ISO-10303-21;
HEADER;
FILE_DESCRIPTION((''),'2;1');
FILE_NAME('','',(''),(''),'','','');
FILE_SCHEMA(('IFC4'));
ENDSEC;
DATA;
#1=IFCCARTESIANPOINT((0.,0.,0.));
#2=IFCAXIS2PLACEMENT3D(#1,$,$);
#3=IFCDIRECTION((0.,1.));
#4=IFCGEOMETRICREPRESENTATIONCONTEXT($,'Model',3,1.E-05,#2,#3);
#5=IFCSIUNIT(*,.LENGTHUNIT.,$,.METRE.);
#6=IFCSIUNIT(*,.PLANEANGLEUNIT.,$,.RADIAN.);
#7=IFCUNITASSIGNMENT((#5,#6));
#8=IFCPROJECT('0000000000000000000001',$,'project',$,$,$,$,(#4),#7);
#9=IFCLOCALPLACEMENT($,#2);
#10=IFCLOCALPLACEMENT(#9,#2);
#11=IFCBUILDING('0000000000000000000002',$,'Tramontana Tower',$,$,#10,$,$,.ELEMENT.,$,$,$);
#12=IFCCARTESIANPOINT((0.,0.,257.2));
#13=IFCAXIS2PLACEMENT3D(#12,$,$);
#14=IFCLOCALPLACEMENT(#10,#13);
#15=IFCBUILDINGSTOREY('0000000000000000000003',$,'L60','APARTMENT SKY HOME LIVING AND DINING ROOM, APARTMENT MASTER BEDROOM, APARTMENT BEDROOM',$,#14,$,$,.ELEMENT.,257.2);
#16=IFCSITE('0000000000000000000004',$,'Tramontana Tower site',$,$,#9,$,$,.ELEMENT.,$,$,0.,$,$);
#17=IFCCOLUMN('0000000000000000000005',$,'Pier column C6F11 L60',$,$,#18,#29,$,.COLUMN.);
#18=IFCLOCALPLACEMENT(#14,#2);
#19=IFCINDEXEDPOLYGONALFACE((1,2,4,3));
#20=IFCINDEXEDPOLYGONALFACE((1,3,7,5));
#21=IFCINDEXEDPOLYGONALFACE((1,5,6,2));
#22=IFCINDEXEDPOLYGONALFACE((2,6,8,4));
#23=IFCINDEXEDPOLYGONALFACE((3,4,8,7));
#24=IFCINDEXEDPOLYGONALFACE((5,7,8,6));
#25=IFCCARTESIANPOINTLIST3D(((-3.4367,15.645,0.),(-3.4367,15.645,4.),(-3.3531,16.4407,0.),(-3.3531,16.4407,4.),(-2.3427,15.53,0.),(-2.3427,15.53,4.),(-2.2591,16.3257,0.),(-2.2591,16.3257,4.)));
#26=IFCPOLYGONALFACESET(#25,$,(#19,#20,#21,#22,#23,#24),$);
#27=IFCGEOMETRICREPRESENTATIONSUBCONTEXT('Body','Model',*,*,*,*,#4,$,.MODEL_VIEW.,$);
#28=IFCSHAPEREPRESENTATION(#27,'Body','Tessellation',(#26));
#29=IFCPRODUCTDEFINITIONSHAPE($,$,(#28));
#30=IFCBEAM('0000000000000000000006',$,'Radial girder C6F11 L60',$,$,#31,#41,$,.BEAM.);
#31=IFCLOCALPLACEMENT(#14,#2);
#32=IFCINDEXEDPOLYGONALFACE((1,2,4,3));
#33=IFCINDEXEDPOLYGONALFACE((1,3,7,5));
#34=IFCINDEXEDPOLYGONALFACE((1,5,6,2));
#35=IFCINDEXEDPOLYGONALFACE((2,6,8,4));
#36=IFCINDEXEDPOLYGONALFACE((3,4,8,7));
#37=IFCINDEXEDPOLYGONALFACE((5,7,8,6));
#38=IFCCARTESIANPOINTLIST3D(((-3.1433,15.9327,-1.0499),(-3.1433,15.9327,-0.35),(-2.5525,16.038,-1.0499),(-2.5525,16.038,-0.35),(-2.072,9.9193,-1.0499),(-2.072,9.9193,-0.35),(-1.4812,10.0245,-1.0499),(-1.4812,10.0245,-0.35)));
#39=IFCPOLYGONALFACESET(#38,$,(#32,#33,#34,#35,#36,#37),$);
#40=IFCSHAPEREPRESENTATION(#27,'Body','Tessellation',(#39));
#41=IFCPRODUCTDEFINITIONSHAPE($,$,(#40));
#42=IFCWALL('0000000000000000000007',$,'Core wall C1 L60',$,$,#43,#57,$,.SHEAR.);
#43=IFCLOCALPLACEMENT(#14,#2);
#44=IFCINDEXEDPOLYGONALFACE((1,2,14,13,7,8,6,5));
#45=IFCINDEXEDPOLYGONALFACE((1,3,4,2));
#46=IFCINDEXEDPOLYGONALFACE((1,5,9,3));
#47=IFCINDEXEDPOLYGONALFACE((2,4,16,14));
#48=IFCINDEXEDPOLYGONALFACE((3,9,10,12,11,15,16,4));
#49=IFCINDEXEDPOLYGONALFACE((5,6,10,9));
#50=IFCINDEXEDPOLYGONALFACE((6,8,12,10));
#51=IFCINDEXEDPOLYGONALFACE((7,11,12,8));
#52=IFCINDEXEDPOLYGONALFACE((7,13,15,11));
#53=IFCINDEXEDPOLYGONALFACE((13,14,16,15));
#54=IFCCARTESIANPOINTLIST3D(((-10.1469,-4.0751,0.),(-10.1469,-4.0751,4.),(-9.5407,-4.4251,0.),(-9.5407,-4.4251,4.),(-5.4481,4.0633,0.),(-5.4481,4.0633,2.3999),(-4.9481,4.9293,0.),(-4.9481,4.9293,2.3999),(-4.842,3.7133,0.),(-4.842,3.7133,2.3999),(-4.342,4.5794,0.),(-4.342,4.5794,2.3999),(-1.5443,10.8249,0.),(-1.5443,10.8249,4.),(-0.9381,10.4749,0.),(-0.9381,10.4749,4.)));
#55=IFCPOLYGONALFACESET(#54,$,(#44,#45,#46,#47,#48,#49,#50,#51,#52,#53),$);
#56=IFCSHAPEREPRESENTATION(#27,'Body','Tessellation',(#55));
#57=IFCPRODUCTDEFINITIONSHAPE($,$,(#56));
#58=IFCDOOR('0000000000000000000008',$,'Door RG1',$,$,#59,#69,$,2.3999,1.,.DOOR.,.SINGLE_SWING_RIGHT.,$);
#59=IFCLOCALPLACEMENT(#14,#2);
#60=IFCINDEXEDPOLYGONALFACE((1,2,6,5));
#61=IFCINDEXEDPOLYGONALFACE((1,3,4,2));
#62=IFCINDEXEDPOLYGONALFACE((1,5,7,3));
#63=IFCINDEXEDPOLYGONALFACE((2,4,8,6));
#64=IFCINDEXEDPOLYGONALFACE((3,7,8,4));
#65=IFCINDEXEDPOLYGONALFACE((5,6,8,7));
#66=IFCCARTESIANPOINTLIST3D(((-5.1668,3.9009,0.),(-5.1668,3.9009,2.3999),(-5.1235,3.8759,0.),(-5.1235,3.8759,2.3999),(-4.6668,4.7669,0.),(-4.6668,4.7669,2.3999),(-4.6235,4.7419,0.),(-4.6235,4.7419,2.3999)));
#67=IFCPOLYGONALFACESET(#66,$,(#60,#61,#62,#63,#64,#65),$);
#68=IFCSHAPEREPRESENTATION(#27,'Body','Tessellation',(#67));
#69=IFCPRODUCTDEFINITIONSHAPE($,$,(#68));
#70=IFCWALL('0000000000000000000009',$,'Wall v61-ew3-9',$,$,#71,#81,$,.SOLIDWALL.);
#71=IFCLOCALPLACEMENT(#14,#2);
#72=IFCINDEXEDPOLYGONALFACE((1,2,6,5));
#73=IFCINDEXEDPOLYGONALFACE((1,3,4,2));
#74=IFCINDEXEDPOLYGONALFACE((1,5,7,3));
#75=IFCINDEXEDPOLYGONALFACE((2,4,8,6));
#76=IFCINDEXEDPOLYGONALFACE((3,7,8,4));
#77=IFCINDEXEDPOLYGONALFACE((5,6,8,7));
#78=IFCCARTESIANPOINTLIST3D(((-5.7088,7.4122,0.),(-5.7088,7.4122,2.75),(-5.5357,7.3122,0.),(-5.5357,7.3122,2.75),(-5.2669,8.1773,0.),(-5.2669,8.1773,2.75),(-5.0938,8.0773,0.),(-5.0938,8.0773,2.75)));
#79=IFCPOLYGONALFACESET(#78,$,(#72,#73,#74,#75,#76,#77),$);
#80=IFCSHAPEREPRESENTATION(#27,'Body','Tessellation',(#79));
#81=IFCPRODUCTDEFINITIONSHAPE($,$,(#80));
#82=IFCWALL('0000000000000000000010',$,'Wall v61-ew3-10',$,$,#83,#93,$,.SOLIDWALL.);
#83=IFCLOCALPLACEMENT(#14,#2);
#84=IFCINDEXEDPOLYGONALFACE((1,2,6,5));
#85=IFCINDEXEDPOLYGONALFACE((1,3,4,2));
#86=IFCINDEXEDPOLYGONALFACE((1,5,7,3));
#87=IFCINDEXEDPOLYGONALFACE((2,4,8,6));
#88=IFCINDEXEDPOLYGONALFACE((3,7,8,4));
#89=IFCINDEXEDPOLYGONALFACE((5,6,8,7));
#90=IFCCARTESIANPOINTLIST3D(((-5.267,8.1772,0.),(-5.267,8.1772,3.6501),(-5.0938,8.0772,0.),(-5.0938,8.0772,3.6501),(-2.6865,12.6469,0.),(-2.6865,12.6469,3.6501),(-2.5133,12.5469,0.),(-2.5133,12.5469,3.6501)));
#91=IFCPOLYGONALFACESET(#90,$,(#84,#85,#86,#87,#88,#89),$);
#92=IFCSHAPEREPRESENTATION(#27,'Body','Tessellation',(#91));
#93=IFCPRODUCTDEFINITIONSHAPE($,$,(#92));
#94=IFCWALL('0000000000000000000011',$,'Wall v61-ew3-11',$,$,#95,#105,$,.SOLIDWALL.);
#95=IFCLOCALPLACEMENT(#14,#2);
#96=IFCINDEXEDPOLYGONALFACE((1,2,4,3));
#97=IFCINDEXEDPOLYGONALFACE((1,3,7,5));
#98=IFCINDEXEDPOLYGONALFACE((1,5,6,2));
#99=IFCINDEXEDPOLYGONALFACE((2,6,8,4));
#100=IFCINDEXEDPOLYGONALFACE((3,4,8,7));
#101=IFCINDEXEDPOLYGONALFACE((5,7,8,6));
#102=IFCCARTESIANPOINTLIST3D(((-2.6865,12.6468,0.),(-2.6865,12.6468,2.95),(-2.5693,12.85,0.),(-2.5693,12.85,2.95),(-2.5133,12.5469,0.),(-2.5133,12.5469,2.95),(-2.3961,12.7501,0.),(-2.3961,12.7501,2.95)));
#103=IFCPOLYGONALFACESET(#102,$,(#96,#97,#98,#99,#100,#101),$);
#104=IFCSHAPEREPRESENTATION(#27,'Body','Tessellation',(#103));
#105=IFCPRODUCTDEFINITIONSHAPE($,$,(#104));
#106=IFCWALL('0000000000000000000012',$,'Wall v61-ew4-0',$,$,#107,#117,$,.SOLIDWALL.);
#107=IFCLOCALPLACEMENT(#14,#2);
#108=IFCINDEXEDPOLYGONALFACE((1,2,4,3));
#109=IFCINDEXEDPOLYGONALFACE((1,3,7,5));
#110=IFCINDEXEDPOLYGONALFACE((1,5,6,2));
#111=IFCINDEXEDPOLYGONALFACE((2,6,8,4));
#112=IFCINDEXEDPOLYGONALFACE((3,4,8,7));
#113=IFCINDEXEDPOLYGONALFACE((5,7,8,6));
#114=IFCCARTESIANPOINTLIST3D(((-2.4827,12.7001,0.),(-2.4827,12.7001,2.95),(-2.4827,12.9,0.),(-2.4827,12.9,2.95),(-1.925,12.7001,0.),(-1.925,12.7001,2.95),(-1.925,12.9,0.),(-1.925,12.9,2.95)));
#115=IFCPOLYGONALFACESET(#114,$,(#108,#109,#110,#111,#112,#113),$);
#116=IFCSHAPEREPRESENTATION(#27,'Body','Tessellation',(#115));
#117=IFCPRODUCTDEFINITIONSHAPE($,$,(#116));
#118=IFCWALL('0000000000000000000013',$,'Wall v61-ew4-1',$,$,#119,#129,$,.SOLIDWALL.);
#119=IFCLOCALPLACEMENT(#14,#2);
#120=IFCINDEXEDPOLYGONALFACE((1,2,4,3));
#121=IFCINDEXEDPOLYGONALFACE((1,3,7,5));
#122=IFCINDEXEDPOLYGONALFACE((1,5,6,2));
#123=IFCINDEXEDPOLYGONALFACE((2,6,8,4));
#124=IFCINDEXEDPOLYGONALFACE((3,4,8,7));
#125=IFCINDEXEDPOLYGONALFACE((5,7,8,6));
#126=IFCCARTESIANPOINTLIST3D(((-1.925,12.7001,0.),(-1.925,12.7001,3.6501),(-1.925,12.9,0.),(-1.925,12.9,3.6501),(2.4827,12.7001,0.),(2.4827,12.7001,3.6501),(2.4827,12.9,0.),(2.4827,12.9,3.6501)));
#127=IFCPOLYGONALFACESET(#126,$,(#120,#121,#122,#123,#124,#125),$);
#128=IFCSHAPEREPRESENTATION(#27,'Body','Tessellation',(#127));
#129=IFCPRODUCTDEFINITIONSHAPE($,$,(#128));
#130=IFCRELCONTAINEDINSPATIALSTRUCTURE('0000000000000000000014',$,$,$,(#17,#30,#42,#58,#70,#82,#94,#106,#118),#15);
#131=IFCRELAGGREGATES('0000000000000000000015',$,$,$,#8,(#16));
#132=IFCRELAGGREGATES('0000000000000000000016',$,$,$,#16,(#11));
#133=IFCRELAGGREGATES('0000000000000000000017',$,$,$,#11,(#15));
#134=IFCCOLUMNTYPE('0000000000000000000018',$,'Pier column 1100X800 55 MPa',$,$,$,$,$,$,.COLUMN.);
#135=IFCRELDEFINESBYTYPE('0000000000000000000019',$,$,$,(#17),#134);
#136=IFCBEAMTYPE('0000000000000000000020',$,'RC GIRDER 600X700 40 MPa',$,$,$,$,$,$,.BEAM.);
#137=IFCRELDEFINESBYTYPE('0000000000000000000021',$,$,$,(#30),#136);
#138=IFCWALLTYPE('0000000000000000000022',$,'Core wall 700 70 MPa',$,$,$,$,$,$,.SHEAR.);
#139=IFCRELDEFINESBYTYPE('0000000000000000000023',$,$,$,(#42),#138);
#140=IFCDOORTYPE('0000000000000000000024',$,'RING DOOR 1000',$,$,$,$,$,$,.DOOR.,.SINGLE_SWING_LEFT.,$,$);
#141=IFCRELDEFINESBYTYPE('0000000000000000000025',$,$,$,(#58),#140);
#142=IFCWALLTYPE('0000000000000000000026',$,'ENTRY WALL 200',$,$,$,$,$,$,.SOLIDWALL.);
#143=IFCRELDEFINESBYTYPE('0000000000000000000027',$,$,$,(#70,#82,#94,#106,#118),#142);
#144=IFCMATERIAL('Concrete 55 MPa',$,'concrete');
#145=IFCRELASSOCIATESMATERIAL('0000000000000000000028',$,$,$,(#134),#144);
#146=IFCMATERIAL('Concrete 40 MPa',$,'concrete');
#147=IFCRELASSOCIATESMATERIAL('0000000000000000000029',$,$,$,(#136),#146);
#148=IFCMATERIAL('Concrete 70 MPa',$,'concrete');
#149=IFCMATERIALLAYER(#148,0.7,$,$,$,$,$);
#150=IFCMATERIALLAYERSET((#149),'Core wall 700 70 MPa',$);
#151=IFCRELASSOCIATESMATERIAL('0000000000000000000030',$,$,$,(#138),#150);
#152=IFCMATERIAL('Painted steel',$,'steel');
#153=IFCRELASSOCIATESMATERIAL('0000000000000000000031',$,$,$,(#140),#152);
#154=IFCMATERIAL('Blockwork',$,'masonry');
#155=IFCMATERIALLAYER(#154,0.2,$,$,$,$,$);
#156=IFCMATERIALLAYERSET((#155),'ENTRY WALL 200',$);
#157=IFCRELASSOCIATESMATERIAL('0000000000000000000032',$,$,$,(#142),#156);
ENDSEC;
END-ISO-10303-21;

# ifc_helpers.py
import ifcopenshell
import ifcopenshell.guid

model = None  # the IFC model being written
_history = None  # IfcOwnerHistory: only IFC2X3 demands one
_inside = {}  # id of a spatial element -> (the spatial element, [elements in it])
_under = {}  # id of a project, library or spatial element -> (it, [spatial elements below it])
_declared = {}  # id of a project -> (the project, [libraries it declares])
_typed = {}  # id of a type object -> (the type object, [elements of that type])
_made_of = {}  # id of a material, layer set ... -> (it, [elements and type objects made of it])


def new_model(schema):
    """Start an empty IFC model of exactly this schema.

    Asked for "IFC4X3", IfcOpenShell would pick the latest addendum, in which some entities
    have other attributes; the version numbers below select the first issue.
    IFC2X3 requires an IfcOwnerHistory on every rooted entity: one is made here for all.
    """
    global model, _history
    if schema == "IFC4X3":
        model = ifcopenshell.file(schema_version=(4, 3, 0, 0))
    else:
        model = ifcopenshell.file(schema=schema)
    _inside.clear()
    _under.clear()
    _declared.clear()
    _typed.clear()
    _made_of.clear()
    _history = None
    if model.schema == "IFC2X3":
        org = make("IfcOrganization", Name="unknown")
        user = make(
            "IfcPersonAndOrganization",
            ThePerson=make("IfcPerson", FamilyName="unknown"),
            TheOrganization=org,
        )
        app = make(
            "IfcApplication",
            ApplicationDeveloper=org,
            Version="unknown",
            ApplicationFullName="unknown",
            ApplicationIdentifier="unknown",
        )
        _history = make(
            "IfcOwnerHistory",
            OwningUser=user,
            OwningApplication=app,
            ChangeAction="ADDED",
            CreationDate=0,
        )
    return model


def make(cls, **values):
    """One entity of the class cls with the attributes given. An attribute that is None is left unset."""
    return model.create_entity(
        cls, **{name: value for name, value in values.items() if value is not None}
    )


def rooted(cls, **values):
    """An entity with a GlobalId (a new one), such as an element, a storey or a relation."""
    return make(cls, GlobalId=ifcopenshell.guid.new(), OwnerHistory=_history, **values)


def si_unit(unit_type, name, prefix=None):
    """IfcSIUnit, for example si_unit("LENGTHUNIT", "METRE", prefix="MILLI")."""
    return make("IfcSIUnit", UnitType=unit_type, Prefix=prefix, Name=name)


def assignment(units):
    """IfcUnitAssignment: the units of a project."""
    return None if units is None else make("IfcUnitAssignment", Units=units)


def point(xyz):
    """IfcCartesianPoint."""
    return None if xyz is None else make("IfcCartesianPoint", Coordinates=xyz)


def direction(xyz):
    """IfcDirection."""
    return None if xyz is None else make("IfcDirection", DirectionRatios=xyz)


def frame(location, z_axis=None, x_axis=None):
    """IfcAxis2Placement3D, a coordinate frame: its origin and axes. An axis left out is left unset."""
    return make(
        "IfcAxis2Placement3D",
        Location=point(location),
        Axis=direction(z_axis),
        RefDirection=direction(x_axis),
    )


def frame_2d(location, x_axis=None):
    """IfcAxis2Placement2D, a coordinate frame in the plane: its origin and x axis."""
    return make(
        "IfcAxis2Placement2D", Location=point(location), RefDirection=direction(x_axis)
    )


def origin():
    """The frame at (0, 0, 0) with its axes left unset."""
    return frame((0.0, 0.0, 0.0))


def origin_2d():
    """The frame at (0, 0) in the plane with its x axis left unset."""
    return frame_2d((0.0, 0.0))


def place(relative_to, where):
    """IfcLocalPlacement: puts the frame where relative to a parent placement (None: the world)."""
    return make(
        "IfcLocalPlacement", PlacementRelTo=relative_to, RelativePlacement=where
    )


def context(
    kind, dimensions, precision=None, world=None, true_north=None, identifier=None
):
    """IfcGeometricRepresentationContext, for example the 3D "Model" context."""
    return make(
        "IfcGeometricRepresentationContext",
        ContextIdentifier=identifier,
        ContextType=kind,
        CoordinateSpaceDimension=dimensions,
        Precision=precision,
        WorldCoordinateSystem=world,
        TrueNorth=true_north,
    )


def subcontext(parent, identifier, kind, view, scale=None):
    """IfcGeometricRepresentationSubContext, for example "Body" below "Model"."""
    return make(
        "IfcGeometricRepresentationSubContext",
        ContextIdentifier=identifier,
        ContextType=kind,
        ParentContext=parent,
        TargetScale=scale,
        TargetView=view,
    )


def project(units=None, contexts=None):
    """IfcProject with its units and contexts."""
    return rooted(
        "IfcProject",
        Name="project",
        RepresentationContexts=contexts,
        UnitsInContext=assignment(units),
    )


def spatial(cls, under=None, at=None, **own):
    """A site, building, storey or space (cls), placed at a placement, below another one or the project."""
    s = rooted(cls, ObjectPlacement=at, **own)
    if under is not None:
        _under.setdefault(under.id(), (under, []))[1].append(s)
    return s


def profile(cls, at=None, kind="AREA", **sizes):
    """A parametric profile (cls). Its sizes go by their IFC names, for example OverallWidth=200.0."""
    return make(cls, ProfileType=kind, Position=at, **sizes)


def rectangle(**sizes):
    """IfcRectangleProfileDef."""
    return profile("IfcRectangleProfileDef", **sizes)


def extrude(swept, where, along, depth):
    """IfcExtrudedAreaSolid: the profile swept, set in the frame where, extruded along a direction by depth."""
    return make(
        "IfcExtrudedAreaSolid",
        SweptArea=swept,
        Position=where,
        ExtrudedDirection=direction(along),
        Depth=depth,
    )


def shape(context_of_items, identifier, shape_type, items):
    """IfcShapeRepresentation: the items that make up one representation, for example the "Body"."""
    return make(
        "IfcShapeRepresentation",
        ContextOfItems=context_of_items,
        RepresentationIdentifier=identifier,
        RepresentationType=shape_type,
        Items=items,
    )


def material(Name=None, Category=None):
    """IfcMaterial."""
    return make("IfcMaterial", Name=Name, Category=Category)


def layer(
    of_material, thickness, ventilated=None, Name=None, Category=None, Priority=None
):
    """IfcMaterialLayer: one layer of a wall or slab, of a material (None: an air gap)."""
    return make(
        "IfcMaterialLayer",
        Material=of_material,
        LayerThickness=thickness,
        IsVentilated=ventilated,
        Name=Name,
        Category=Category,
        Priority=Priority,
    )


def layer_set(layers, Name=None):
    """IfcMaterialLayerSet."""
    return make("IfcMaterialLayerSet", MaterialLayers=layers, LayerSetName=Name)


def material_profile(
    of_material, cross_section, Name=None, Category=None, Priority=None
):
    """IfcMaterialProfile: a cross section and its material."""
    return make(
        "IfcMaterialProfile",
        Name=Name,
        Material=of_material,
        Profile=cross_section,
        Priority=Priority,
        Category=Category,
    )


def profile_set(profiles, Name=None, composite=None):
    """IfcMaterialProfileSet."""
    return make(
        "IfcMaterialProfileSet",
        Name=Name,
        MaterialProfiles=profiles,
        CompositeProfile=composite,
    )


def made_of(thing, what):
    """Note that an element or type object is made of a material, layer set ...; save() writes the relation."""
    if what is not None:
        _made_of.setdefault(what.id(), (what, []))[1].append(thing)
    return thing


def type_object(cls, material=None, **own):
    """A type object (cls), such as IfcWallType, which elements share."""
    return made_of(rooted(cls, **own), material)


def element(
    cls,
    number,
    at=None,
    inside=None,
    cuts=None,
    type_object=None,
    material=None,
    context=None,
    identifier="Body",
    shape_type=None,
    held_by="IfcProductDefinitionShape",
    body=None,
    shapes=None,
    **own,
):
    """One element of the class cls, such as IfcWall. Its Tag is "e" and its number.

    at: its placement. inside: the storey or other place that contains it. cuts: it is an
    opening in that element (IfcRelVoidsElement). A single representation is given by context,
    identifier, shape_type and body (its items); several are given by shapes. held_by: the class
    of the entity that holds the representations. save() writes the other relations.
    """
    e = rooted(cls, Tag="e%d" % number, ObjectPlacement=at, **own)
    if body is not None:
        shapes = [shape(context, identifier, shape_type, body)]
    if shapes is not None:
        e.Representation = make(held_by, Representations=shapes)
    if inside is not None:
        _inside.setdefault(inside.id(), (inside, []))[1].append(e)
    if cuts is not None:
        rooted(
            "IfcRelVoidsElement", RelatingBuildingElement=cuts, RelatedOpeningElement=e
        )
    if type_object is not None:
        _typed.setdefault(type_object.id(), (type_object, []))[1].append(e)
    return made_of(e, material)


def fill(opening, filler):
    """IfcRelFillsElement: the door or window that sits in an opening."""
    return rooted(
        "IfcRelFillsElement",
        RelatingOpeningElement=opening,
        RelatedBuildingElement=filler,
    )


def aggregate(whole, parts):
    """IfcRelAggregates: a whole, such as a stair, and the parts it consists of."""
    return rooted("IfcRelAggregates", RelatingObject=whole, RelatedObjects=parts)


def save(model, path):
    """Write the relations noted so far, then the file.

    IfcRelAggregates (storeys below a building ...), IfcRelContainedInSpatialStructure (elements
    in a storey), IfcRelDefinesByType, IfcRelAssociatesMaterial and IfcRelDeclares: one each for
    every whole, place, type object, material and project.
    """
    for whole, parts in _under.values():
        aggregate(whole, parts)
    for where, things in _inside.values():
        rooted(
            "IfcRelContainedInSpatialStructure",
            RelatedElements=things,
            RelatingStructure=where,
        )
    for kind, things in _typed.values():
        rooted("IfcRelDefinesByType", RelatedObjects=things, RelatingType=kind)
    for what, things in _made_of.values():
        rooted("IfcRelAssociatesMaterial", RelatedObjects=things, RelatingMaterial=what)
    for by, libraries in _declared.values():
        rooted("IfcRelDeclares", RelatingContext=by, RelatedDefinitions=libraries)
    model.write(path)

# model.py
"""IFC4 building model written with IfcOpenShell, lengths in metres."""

from ifc_helpers import new_model, si_unit, direction, frame, frame_2d, origin, origin_2d, place, context, subcontext, project, spatial, rectangle, extrude, material, layer, layer_set, material_profile, profile_set, type_object, element, fill, save


model = new_model("IFC4")

# Units and contexts
model_context = context("Model", 3, precision=1e-05, world=origin(), true_north=direction((0.0, 1.0)))
body_context = subcontext(model_context, "Body", "Model", "MODEL_VIEW")
ifc_project = project(units=[si_unit("LENGTHUNIT", "METRE"), si_unit("PLANEANGLEUNIT", "RADIAN")], contexts=[model_context])

# Site, building, storey
site_placement = place(None, origin())
site = spatial("IfcSite", under=ifc_project, at=site_placement, Name="Tramontana Tower site", CompositionType="ELEMENT", RefElevation=0.0)
building_placement = place(site_placement, origin())
building = spatial("IfcBuilding", under=site, at=building_placement, Name="Tramontana Tower", CompositionType="ELEMENT")
storey_placement = place(building_placement, frame((0.0, 0.0, 257.2)))
storey = spatial("IfcBuildingStorey", under=building, at=storey_placement, Name="L60", Description="APARTMENT SKY HOME LIVING AND DINING ROOM, APARTMENT MASTER BEDROOM, APARTMENT BEDROOM", CompositionType="ELEMENT", Elevation=257.2)

# Column
ifc_material_1 = material(Name="Concrete 55 MPa", Category="concrete")
ifc_material_profile_1 = material_profile(ifc_material_1, rectangle(XDim=1.1001, YDim=0.8, at=origin_2d()), Name="Pier column 1100X800 55 MPa")
ifc_profile_set_1 = profile_set([ifc_material_profile_1], Name="Concrete 55 MPa")
column_type = type_object("IfcColumnType", Name="Pier column 1100X800 55 MPa", PredefinedType="COLUMN", material=ifc_profile_set_1)
column_placement = place(storey_placement, frame((-2.8479, 15.9854, 0.0), z_axis=(0.0, 0.0, 1.0), x_axis=(-0.994522, 0.104528, 0.0)))
element("IfcColumn", 1, at=column_placement, inside=storey, type_object=column_type, Name="Pier column C6F11 L60", PredefinedType="COLUMN", context=body_context, shape_type="SweptSolid", body=[
    extrude(rectangle(XDim=1.1001, YDim=0.8, at=origin_2d()), origin(), (0.0, 0.0, 1.0), 4.0),
])

# Beam
ifc_material_2 = material(Name="Concrete 40 MPa", Category="concrete")
ifc_material_profile_2 = material_profile(ifc_material_2, rectangle(XDim=0.6001, YDim=0.7, at=origin_2d()), Name="RC GIRDER 600X700 40 MPa")
ifc_profile_set_2 = profile_set([ifc_material_profile_2], Name="Concrete 40 MPa")
beam_type = type_object("IfcBeamType", Name="RC GIRDER 600X700 40 MPa", PredefinedType="BEAM", material=ifc_profile_set_2)
beam_placement = place(storey_placement, frame((-2.8479, 15.9854, -0.7), z_axis=(0.175388, -0.984499, 0.0), x_axis=(0.984499, 0.175388, 0.0)))
element("IfcBeam", 2, at=beam_placement, inside=storey, type_object=beam_type, Name="Radial girder C6F11 L60", PredefinedType="BEAM", context=body_context, shape_type="SweptSolid", body=[
    extrude(rectangle(XDim=0.6001, YDim=0.7, at=origin_2d()), origin(), (0.0, 0.0, 1.0), 6.1082),
])

# Wall, opening, door
ifc_material_3 = material(Name="Concrete 70 MPa", Category="concrete")
ifc_layer_1 = layer(ifc_material_3, 0.7)
ifc_layer_set_1 = layer_set([ifc_layer_1], Name="Core wall 700 70 MPa")
wall_type_1 = type_object("IfcWallType", Name="Core wall 700 70 MPa", PredefinedType="SHEAR", material=ifc_layer_set_1)
wall_1_placement = place(storey_placement, frame((-1.2412, 10.6499, 0.0), z_axis=(0.0, 0.0, 1.0), x_axis=(-0.500003, -0.866023, 0.0)))
wall_1 = element("IfcWall", 3, at=wall_1_placement, inside=storey, type_object=wall_type_1, Name="Core wall C1 L60", PredefinedType="SHEAR", context=body_context, shape_type="SweptSolid", body=[
    extrude(rectangle(XDim=17.2051, YDim=0.7, at=frame_2d((8.6025, 0.0))), origin(), (0.0, 0.0, 1.0), 4.0),
])
opening_1_placement = place(wall_1_placement, frame((6.8076, 0.0, 0.0)))
opening_1 = element("IfcOpeningElement", 4, at=opening_1_placement, cuts=wall_1, PredefinedType="OPENING", context=body_context, shape_type="SweptSolid", body=[
    extrude(rectangle(XDim=1.0, YDim=2.3999, at=frame_2d((0.5, 1.2))), frame((0.0, 0.3599, 0.0), z_axis=(0.0, -1.0, 0.0), x_axis=(1.0, 0.0, 0.0)), (0.0, 0.0, 1.0), 0.72),
])
ifc_material_4 = material(Name="Painted steel", Category="steel")
door_type_1 = type_object("IfcDoorType", Name="RING DOOR 1000", OperationType="SINGLE_SWING_LEFT", PredefinedType="DOOR", material=ifc_material_4)
door_1_placement = place(opening_1_placement, origin())
door_1 = element("IfcDoor", 5, at=door_1_placement, inside=storey, type_object=door_type_1, Name="Door RG1", OperationType="SINGLE_SWING_RIGHT", OverallHeight=2.3999, OverallWidth=1.0, PredefinedType="DOOR", context=body_context, shape_type="SweptSolid", body=[
    extrude(rectangle(XDim=1.0, YDim=2.3999, at=frame_2d((0.5, 1.2))), frame((0.0, 0.0249, 0.0), z_axis=(0.0, -1.0, 0.0), x_axis=(1.0, 0.0, 0.0)), (0.0, 0.0, 1.0), 0.05),
])
fill(opening_1, door_1)

# Walls
ifc_material_5 = material(Name="Blockwork", Category="masonry")
ifc_layer_2 = layer(ifc_material_5, 0.2)
ifc_layer_set_2 = layer_set([ifc_layer_2], Name="ENTRY WALL 200")
wall_type_2 = type_object("IfcWallType", Name="ENTRY WALL 200", PredefinedType="SOLIDWALL", material=ifc_layer_set_2)
wall_2_placement = place(storey_placement, frame((-5.6223, 7.3621, 0.0), z_axis=(0.0, 0.0, 1.0), x_axis=(0.500121, 0.865955, 0.0)))
element("IfcWall", 6, at=wall_2_placement, inside=storey, type_object=wall_type_2, Name="Wall v61-ew3-9", PredefinedType="SOLIDWALL", context=body_context, shape_type="SweptSolid", body=[
    extrude(rectangle(XDim=0.8835, YDim=0.2, at=frame_2d((0.4419, 0.0))), origin(), (0.0, 0.0, 1.0), 2.75),
])
wall_3_placement = place(storey_placement, frame((-5.1804, 8.1272, 0.0), z_axis=(0.0, 0.0, 1.0), x_axis=(0.499995, 0.866028, 0.0)))
element("IfcWall", 7, at=wall_3_placement, inside=storey, type_object=wall_type_2, Name="Wall v61-ew3-10", PredefinedType="SOLIDWALL", context=body_context, shape_type="SweptSolid", body=[
    extrude(rectangle(XDim=5.1611, YDim=0.2, at=frame_2d((2.5806, 0.0))), origin(), (0.0, 0.0, 1.0), 3.6501),
])
wall_4_placement = place(storey_placement, frame((-2.5999, 12.5969, 0.0), z_axis=(0.0, 0.0, 1.0), x_axis=(0.499722, 0.866186, 0.0)))
element("IfcWall", 8, at=wall_4_placement, inside=storey, type_object=wall_type_2, Name="Wall v61-ew3-11", PredefinedType="SOLIDWALL", context=body_context, shape_type="SweptSolid", body=[
    extrude(rectangle(XDim=0.2346, YDim=0.2, at=frame_2d((0.1172, 0.0))), origin(), (0.0, 0.0, 1.0), 2.95),
])
wall_5_placement = place(storey_placement, frame((-2.4827, 12.8, 0.0), z_axis=(0.0, 0.0, 1.0), x_axis=(1.0, 0.0, 0.0)))
element("IfcWall", 9, at=wall_5_placement, inside=storey, type_object=wall_type_2, Name="Wall v61-ew4-0", PredefinedType="SOLIDWALL", context=body_context, shape_type="SweptSolid", body=[
    extrude(rectangle(XDim=0.5576, YDim=0.2, at=frame_2d((0.2788, 0.0))), origin(), (0.0, 0.0, 1.0), 2.95),
])
wall_6_placement = place(storey_placement, frame((-1.925, 12.8, 0.0), z_axis=(0.0, 0.0, 1.0), x_axis=(1.0, 0.0, 0.0)))
element("IfcWall", 10, at=wall_6_placement, inside=storey, type_object=wall_type_2, Name="Wall v61-ew4-1", PredefinedType="SOLIDWALL", context=body_context, shape_type="SweptSolid", body=[
    extrude(rectangle(XDim=4.4077, YDim=0.2, at=frame_2d((2.2039, 0.0))), origin(), (0.0, 0.0, 1.0), 3.6501),
])

save(model, "model.ifc")
